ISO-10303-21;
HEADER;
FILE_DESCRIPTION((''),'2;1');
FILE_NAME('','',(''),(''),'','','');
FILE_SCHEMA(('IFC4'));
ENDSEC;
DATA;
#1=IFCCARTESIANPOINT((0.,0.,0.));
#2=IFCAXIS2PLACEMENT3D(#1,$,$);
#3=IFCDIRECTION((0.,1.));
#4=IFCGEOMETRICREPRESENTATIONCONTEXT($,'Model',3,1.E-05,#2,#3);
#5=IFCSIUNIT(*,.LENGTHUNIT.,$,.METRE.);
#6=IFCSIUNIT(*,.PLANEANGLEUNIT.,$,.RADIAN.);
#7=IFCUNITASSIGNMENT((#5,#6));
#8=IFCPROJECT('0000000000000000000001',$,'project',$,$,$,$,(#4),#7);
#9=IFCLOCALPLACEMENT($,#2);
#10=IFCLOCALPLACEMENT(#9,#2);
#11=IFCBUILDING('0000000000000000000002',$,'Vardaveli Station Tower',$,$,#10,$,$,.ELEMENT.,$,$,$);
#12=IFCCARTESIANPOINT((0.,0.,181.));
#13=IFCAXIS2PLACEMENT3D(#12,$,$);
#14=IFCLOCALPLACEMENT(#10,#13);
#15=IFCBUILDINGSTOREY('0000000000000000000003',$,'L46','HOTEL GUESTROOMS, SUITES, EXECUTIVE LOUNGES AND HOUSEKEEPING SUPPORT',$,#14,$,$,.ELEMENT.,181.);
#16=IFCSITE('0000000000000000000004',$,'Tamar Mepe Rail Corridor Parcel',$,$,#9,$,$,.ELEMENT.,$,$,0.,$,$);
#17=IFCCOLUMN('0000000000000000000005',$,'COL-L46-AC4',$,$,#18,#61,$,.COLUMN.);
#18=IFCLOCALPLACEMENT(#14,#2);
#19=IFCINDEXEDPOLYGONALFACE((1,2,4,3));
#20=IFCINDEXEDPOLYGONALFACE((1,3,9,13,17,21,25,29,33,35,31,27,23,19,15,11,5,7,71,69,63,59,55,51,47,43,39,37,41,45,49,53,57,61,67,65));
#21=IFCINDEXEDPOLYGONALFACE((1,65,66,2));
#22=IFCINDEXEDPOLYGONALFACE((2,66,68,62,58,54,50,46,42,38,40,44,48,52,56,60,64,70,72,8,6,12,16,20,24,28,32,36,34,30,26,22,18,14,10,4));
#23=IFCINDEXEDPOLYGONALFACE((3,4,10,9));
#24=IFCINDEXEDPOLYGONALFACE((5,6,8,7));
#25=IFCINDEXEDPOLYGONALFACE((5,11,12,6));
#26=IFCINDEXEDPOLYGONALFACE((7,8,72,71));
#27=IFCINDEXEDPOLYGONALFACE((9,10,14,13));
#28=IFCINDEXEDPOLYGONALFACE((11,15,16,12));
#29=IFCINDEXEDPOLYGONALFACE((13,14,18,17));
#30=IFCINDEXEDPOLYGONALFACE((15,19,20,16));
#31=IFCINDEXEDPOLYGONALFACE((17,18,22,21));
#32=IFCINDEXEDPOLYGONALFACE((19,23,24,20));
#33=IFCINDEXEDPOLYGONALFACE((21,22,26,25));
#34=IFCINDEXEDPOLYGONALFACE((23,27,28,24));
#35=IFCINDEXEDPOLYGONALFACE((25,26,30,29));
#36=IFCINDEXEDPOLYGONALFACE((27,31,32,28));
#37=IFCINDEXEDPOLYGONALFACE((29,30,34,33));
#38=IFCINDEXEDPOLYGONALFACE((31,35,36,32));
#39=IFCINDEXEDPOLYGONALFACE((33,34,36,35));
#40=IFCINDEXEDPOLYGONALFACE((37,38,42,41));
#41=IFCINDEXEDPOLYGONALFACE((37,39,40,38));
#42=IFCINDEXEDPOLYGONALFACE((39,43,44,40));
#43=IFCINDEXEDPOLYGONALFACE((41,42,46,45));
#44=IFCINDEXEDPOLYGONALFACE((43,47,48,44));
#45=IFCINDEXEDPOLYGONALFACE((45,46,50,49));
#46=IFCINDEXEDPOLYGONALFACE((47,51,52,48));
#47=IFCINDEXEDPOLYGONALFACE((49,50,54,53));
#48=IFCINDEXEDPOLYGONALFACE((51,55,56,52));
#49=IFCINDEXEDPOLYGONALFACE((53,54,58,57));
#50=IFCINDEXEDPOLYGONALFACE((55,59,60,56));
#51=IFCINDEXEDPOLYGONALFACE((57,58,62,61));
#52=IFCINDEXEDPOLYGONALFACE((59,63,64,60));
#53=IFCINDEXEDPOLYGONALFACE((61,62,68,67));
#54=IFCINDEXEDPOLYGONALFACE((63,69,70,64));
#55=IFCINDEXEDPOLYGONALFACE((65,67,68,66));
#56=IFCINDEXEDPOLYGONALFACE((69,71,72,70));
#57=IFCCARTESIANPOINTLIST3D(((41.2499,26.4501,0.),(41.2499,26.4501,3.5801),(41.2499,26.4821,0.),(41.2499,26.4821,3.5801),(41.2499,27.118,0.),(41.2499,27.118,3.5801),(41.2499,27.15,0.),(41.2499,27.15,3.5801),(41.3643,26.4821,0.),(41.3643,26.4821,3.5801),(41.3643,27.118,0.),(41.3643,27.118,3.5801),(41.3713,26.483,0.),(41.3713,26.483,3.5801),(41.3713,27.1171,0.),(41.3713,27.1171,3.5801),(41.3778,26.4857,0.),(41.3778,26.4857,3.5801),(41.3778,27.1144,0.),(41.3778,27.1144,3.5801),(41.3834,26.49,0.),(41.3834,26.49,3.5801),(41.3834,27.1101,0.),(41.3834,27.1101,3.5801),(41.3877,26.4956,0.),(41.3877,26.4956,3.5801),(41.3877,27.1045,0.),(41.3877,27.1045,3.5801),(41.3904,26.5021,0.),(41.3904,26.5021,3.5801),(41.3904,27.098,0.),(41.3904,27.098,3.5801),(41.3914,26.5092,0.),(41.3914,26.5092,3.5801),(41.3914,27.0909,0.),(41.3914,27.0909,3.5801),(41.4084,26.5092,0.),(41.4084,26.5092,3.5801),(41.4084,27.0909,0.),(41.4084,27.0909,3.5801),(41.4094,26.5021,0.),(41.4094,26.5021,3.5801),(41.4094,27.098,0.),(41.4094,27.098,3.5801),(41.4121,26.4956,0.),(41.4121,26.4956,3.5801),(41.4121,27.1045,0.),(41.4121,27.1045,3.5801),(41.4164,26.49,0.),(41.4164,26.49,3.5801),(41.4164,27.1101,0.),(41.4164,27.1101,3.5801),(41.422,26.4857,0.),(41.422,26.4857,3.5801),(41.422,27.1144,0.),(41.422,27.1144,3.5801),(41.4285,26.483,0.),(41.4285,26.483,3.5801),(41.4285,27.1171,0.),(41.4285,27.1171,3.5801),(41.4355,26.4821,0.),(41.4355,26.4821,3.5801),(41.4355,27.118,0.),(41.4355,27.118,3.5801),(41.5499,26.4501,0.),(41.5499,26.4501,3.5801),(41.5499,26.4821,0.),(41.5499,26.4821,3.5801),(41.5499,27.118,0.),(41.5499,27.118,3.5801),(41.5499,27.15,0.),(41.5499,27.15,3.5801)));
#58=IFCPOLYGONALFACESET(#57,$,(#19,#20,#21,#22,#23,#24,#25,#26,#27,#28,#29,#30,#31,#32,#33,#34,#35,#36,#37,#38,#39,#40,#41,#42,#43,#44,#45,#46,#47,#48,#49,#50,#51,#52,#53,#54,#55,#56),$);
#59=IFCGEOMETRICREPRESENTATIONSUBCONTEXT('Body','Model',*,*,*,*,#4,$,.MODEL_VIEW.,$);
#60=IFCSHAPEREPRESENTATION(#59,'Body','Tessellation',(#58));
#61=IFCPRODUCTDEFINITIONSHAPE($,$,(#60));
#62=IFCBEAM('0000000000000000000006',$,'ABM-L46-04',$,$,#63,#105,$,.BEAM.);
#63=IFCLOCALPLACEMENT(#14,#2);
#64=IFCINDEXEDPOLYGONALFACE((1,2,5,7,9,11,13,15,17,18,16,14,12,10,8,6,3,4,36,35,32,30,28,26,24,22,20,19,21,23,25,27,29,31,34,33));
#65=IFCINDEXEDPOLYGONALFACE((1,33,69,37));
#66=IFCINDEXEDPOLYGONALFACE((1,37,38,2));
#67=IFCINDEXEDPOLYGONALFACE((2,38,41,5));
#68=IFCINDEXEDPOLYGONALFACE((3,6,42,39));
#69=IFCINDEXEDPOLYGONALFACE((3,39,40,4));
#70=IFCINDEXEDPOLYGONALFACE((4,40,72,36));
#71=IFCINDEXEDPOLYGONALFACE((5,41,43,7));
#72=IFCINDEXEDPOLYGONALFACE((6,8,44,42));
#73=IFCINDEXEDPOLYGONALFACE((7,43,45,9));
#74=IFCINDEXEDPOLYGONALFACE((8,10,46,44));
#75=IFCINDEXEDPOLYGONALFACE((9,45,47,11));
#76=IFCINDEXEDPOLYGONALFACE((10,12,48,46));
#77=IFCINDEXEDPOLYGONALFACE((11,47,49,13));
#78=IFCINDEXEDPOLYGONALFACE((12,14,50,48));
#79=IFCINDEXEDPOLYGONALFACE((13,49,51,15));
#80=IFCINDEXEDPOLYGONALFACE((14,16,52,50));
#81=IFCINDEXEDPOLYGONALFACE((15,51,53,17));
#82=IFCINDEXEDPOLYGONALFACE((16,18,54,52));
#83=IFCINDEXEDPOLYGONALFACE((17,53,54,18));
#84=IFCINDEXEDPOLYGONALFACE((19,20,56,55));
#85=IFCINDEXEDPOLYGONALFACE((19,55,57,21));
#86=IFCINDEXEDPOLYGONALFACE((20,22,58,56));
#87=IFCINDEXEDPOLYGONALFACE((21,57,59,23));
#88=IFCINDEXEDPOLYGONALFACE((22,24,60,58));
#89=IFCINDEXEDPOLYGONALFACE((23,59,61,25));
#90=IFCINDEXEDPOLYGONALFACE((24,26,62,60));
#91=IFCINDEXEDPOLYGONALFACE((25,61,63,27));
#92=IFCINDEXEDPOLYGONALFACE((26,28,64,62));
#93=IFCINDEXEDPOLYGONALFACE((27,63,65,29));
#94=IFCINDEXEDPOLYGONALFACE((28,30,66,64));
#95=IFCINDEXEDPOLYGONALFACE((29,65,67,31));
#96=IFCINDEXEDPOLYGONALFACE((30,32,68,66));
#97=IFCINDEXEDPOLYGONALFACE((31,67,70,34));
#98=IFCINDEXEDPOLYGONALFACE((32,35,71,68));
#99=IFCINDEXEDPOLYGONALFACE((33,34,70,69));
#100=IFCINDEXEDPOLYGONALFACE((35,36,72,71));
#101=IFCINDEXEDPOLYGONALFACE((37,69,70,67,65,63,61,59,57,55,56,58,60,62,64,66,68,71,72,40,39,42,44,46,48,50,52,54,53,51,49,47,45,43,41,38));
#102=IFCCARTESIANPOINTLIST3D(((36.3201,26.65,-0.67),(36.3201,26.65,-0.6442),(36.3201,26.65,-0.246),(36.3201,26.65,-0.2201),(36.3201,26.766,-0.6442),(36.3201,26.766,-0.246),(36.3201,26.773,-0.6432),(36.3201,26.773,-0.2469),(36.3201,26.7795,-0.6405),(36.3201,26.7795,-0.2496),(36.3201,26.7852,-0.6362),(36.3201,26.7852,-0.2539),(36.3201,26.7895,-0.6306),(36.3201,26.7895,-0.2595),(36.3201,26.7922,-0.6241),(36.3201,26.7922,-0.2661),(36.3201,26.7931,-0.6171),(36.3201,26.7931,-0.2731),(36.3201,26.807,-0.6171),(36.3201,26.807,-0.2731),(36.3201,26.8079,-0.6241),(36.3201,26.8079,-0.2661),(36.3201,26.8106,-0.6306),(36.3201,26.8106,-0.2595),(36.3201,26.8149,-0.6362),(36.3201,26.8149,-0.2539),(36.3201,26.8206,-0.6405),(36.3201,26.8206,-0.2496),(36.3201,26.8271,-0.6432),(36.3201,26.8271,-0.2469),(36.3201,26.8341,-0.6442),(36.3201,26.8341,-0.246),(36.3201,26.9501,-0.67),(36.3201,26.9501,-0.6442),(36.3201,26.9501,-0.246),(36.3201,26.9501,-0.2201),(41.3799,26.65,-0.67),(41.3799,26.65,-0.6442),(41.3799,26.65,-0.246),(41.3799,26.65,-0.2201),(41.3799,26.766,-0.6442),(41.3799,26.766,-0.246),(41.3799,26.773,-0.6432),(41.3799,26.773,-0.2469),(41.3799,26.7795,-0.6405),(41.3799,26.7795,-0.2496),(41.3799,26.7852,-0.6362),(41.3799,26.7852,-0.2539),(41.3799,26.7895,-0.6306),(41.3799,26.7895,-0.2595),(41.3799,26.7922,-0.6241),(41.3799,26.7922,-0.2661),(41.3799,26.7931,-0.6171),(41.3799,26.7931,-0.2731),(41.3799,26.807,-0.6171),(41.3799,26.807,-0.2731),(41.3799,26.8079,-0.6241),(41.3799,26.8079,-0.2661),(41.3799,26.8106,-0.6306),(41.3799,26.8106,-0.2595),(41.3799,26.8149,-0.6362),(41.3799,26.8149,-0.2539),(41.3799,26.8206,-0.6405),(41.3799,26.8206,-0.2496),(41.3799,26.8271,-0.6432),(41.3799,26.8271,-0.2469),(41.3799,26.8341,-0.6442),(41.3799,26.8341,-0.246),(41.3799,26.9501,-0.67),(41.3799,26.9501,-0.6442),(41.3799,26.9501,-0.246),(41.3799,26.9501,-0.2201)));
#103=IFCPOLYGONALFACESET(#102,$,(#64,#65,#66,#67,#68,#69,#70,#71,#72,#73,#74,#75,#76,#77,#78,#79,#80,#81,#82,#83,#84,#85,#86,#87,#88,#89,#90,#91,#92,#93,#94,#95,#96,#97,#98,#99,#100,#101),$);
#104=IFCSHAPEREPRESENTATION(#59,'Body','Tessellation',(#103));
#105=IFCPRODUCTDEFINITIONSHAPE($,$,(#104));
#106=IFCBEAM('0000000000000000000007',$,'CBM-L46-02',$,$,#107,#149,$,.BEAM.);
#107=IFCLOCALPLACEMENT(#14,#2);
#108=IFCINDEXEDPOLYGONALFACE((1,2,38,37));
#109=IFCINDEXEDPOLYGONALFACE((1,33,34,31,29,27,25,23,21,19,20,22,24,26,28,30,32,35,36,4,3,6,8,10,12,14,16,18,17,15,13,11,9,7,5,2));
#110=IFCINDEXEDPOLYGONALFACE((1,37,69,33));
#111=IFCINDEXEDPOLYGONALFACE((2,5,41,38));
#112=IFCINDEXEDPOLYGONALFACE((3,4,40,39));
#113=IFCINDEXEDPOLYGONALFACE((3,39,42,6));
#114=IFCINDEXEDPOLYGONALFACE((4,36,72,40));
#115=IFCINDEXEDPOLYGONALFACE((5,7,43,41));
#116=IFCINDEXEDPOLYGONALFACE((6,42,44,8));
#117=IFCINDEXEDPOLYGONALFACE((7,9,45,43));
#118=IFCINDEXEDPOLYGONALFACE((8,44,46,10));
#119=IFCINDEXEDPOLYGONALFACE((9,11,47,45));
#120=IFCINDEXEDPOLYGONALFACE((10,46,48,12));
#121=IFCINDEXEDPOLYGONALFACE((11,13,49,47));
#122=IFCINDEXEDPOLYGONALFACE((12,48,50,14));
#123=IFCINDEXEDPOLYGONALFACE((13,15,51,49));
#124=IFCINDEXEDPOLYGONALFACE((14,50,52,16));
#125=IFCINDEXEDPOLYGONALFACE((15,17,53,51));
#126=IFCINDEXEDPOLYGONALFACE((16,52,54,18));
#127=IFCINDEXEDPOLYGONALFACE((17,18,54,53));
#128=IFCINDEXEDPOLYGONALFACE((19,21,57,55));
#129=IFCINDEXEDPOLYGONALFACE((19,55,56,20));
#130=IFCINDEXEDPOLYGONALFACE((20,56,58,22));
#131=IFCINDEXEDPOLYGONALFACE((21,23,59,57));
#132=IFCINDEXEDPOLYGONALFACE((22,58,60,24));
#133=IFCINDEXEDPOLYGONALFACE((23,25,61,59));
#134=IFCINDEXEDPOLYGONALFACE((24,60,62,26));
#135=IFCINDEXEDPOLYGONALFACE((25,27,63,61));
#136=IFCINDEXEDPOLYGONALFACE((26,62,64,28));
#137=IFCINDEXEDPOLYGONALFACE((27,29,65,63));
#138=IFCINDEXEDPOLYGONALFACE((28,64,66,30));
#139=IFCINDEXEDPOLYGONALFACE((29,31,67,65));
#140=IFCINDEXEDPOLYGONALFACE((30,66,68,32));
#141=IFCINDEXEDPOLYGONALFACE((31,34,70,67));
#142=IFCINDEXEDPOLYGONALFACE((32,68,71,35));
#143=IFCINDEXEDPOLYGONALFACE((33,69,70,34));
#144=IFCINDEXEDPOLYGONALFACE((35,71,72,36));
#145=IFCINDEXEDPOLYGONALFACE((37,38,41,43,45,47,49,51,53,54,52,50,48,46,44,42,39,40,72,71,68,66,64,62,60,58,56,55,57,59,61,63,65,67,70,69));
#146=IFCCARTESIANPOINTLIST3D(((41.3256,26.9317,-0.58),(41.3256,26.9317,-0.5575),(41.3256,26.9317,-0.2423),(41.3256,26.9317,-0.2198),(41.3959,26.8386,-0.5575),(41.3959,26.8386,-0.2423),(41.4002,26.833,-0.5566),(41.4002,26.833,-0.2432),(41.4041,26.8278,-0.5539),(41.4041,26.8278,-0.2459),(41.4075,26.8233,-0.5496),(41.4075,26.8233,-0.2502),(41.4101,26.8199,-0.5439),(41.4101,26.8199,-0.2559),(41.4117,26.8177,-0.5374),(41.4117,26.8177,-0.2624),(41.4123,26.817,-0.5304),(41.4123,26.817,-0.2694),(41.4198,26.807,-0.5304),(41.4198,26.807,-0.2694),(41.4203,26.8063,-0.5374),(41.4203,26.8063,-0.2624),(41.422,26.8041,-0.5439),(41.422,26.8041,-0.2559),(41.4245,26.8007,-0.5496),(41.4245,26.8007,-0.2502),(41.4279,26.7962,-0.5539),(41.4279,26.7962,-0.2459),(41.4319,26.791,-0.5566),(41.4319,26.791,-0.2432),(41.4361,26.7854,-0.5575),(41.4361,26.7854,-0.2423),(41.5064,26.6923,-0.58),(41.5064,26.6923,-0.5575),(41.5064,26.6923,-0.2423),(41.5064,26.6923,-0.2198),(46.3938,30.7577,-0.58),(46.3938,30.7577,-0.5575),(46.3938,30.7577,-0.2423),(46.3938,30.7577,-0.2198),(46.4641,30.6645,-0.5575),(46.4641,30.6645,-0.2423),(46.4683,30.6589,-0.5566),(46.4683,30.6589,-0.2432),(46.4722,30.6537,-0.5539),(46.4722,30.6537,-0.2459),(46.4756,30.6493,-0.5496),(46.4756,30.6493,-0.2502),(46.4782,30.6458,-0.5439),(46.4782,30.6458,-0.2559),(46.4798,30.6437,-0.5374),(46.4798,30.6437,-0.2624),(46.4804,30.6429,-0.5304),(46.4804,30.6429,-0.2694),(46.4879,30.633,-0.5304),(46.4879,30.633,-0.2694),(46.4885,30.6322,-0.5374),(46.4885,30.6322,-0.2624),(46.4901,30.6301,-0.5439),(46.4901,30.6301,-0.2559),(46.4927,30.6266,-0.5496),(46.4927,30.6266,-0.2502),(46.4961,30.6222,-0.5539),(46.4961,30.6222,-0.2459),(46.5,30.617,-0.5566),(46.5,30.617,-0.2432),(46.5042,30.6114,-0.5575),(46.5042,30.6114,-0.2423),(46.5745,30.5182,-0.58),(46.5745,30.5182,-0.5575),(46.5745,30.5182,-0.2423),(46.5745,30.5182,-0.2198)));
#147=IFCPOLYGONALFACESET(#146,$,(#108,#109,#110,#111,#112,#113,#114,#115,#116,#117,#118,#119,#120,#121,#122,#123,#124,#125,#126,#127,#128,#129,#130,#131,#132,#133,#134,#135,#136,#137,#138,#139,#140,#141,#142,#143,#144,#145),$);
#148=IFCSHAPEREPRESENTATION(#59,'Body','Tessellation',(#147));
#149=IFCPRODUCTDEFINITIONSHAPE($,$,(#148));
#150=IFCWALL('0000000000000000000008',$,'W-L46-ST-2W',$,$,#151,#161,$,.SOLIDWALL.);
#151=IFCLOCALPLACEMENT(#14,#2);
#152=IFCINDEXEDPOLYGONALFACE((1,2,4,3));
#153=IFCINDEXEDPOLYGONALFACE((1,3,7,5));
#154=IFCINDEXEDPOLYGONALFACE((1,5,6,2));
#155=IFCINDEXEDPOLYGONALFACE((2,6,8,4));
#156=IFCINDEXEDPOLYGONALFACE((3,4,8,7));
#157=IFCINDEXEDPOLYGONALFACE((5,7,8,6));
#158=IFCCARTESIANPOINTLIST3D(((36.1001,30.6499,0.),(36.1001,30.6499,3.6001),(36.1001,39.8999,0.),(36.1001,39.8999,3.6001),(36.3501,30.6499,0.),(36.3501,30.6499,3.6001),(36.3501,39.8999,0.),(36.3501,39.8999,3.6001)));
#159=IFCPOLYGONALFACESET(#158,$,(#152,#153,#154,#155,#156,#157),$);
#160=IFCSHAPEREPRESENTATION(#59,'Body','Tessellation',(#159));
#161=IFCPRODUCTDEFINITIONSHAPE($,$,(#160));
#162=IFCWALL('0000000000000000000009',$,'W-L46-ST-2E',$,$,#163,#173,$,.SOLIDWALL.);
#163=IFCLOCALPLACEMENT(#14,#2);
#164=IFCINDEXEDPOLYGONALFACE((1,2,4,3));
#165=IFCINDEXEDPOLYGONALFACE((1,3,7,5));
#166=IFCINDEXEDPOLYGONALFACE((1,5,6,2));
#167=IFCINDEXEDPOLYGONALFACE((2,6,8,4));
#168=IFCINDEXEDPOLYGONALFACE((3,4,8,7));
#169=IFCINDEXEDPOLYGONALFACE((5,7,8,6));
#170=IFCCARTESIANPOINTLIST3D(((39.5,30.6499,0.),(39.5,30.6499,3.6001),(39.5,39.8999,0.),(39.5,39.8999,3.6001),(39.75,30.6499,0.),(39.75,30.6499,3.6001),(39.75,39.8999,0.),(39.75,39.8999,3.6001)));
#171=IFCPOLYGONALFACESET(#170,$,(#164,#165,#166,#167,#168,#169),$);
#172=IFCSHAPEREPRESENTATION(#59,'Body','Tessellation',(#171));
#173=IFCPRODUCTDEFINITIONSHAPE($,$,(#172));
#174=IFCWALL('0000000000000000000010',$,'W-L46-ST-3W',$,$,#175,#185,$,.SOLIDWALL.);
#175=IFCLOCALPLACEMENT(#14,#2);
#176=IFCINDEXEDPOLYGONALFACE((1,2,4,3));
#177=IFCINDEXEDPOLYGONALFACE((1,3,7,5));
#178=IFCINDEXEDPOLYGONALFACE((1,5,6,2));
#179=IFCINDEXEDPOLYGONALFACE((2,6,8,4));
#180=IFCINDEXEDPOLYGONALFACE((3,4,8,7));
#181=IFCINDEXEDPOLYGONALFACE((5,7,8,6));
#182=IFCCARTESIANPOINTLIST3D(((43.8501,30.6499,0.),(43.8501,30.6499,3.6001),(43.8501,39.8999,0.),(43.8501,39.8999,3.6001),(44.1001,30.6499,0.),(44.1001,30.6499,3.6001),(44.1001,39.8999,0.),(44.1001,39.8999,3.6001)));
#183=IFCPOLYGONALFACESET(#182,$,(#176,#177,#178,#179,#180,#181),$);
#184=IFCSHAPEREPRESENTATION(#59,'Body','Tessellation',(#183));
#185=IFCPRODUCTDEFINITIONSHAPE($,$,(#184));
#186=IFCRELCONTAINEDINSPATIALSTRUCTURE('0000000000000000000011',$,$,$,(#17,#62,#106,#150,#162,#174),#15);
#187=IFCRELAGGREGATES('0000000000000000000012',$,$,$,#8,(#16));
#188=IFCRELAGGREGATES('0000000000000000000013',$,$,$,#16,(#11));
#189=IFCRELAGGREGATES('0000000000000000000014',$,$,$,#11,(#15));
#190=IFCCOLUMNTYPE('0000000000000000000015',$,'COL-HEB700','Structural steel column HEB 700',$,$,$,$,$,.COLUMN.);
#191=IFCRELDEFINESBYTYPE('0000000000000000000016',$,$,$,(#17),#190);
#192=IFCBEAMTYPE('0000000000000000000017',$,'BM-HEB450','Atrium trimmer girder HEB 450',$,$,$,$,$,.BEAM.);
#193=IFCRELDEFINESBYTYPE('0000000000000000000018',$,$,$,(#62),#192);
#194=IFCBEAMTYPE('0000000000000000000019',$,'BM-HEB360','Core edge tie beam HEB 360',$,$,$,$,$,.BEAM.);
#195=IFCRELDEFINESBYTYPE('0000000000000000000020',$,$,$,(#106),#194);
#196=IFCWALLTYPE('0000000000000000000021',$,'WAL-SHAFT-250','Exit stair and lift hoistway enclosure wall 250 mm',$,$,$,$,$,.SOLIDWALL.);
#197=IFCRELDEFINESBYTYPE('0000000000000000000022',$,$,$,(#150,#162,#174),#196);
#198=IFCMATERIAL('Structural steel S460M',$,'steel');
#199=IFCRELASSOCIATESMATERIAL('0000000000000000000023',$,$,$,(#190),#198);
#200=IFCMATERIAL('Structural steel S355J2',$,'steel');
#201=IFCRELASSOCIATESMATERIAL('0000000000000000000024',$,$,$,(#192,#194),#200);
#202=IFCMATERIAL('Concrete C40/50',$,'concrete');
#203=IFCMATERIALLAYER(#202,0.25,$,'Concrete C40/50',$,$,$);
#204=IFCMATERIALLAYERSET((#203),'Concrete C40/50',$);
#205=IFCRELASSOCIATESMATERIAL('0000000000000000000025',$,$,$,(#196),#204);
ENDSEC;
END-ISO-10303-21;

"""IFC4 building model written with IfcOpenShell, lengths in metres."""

from ifc_helpers import new_model, si_unit, direction, frame, frame_2d, origin, origin_2d, place, context, subcontext, project, spatial, rectangle, i_section, extrude, source, transform, mapped, material, layer, layer_set, material_profile, profile_set, type_object, element, save


model = new_model("IFC4")

# Units and contexts
model_context = context("Model", 3, precision=1e-05, world=origin(), true_north=direction((0.0, 1.0)))
body_context = subcontext(model_context, "Body", "Model", "MODEL_VIEW")
ifc_project = project(units=[si_unit("LENGTHUNIT", "METRE"), si_unit("PLANEANGLEUNIT", "RADIAN")], contexts=[model_context])

# Site, building, storey
site_placement = place(None, origin())
site = spatial("IfcSite", under=ifc_project, at=site_placement, Name="Tamar Mepe Rail Corridor Parcel", CompositionType="ELEMENT", RefElevation=0.0)
building_placement = place(site_placement, origin())
building = spatial("IfcBuilding", under=site, at=building_placement, Name="Vardaveli Station Tower", CompositionType="ELEMENT")
storey_placement = place(building_placement, frame((0.0, 0.0, 181.0)))
storey = spatial("IfcBuildingStorey", under=building, at=storey_placement, Name="L46", Description="HOTEL GUESTROOMS, SUITES, EXECUTIVE LOUNGES AND HOUSEKEEPING SUPPORT", CompositionType="ELEMENT", Elevation=181.0)

# Column
ifc_material_1 = material(Name="Structural steel S460M", Category="steel")
ifc_material_profile_1 = material_profile(ifc_material_1, i_section(OverallWidth=0.3, OverallDepth=0.7, WebThickness=0.0171, FlangeThickness=0.032, FilletRadius=0.0271, at=origin_2d()), Name="HEB 700")
ifc_profile_set_1 = profile_set([ifc_material_profile_1], Name="Structural steel S460M")
column_type = type_object("IfcColumnType", Name="COL-HEB700", Description="Structural steel column HEB 700", PredefinedType="COLUMN", material=ifc_profile_set_1)
shared_shape_1 = source(origin(), body_context, "Body", "SweptSolid", [
    extrude(i_section(OverallWidth=0.3, OverallDepth=0.7, WebThickness=0.0171, FlangeThickness=0.032, FilletRadius=0.0271, at=origin_2d()), origin(), (0.0, 0.0, 1.0), 3.5801),
])
column_placement = place(storey_placement, frame((41.3999, 26.8, 0.0), z_axis=(0.0, 0.0, 1.0), x_axis=(1.0, 0.0, 0.0)))
element("IfcColumn", 1, at=column_placement, inside=storey, type_object=column_type, Name="COL-L46-AC4", PredefinedType="COLUMN", context=body_context, shape_type="MappedRepresentation", body=[
    mapped(shared_shape_1, transform((0.0, 0.0, 0.0), scale=1.0)),
])

# Beams
ifc_material_2 = material(Name="Structural steel S355J2", Category="steel")
ifc_material_profile_2 = material_profile(ifc_material_2, i_section(OverallWidth=0.3, OverallDepth=0.45, WebThickness=0.0139, FlangeThickness=0.0259, FilletRadius=0.0271, at=origin_2d()), Name="HEB 450")
ifc_profile_set_2 = profile_set([ifc_material_profile_2], Name="Structural steel S355J2")
beam_type_1 = type_object("IfcBeamType", Name="BM-HEB450", Description="Atrium trimmer girder HEB 450", PredefinedType="BEAM", material=ifc_profile_set_2)
shared_shape_2 = source(origin(), body_context, "Body", "SweptSolid", [
    extrude(i_section(OverallWidth=0.3, OverallDepth=0.45, WebThickness=0.0139, FlangeThickness=0.0259, FilletRadius=0.0271, at=origin_2d()), origin(), (0.0, 0.0, 1.0), 5.0598),
])
beam_1_placement = place(storey_placement, frame((41.3799, 26.8, -0.4451), z_axis=(-1.0, 0.0, 0.0), x_axis=(0.0, -1.0, 0.0)))
element("IfcBeam", 2, at=beam_1_placement, inside=storey, type_object=beam_type_1, Name="ABM-L46-04", PredefinedType="BEAM", context=body_context, shape_type="MappedRepresentation", body=[
    mapped(shared_shape_2, transform((0.0, 0.0, 0.0), scale=1.0)),
])
ifc_material_profile_3 = material_profile(ifc_material_2, i_section(OverallWidth=0.3, OverallDepth=0.3601, WebThickness=0.0125, FlangeThickness=0.0225, FilletRadius=0.0271, at=origin_2d()), Name="HEB 360")
ifc_profile_set_3 = profile_set([ifc_material_profile_3], Name="Structural steel S355J2")
beam_type_2 = type_object("IfcBeamType", Name="BM-HEB360", Description="Core edge tie beam HEB 360", PredefinedType="BEAM", material=ifc_profile_set_3)
shared_shape_3 = source(origin(), body_context, "Body", "SweptSolid", [
    extrude(i_section(OverallWidth=0.3, OverallDepth=0.3601, WebThickness=0.0125, FlangeThickness=0.0225, FilletRadius=0.0271, at=origin_2d()), origin(), (0.0, 0.0, 1.0), 6.3501),
])
beam_2_placement = place(storey_placement, frame((41.416, 26.812, -0.3999), z_axis=(0.798118, 0.602501, 0.0), x_axis=(-0.602501, 0.798118, 0.0)))
element("IfcBeam", 3, at=beam_2_placement, inside=storey, type_object=beam_type_2, Name="CBM-L46-02", PredefinedType="BEAM", context=body_context, shape_type="MappedRepresentation", body=[
    mapped(shared_shape_3, transform((0.0, 0.0, 0.0), scale=1.0)),
])

# Walls
ifc_material_3 = material(Name="Concrete C40/50", Category="concrete")
ifc_layer_1 = layer(ifc_material_3, 0.25, Name="Concrete C40/50")
ifc_layer_set_1 = layer_set([ifc_layer_1], Name="Concrete C40/50")
wall_type_1 = type_object("IfcWallType", Name="WAL-SHAFT-250", Description="Exit stair and lift hoistway enclosure wall 250 mm", PredefinedType="SOLIDWALL", material=ifc_layer_set_1)
shared_shape_4 = source(origin(), body_context, "Body", "SweptSolid", [
    extrude(rectangle(XDim=9.25, YDim=0.25, at=frame_2d((4.625, 0.0))), origin(), (0.0, 0.0, 1.0), 3.6001),
])
for number, where, z_axis, x_axis, name in (
    (4, (36.2251, 30.6499, 0.0), (0.0, 0.0, 1.0), (0.0, 1.0, 0.0), "W-L46-ST-2W"),
    (5, (39.625, 30.6499, 0.0), (0.0, 0.0, 1.0), (0.0, 1.0, 0.0), "W-L46-ST-2E"),
    (6, (43.9751, 30.6499, 0.0), (0.0, 0.0, 1.0), (0.0, 1.0, 0.0), "W-L46-ST-3W"),
):
    element("IfcWall", number, at=place(storey_placement, frame(where, z_axis=z_axis, x_axis=x_axis)), inside=storey, type_object=wall_type_1, Name=name, PredefinedType="SOLIDWALL", context=body_context, shape_type="MappedRepresentation", body=[
        mapped(shared_shape_4, transform((0.0, 0.0, 0.0), scale=1.0)),
    ])

save(model, "model.ifc")
